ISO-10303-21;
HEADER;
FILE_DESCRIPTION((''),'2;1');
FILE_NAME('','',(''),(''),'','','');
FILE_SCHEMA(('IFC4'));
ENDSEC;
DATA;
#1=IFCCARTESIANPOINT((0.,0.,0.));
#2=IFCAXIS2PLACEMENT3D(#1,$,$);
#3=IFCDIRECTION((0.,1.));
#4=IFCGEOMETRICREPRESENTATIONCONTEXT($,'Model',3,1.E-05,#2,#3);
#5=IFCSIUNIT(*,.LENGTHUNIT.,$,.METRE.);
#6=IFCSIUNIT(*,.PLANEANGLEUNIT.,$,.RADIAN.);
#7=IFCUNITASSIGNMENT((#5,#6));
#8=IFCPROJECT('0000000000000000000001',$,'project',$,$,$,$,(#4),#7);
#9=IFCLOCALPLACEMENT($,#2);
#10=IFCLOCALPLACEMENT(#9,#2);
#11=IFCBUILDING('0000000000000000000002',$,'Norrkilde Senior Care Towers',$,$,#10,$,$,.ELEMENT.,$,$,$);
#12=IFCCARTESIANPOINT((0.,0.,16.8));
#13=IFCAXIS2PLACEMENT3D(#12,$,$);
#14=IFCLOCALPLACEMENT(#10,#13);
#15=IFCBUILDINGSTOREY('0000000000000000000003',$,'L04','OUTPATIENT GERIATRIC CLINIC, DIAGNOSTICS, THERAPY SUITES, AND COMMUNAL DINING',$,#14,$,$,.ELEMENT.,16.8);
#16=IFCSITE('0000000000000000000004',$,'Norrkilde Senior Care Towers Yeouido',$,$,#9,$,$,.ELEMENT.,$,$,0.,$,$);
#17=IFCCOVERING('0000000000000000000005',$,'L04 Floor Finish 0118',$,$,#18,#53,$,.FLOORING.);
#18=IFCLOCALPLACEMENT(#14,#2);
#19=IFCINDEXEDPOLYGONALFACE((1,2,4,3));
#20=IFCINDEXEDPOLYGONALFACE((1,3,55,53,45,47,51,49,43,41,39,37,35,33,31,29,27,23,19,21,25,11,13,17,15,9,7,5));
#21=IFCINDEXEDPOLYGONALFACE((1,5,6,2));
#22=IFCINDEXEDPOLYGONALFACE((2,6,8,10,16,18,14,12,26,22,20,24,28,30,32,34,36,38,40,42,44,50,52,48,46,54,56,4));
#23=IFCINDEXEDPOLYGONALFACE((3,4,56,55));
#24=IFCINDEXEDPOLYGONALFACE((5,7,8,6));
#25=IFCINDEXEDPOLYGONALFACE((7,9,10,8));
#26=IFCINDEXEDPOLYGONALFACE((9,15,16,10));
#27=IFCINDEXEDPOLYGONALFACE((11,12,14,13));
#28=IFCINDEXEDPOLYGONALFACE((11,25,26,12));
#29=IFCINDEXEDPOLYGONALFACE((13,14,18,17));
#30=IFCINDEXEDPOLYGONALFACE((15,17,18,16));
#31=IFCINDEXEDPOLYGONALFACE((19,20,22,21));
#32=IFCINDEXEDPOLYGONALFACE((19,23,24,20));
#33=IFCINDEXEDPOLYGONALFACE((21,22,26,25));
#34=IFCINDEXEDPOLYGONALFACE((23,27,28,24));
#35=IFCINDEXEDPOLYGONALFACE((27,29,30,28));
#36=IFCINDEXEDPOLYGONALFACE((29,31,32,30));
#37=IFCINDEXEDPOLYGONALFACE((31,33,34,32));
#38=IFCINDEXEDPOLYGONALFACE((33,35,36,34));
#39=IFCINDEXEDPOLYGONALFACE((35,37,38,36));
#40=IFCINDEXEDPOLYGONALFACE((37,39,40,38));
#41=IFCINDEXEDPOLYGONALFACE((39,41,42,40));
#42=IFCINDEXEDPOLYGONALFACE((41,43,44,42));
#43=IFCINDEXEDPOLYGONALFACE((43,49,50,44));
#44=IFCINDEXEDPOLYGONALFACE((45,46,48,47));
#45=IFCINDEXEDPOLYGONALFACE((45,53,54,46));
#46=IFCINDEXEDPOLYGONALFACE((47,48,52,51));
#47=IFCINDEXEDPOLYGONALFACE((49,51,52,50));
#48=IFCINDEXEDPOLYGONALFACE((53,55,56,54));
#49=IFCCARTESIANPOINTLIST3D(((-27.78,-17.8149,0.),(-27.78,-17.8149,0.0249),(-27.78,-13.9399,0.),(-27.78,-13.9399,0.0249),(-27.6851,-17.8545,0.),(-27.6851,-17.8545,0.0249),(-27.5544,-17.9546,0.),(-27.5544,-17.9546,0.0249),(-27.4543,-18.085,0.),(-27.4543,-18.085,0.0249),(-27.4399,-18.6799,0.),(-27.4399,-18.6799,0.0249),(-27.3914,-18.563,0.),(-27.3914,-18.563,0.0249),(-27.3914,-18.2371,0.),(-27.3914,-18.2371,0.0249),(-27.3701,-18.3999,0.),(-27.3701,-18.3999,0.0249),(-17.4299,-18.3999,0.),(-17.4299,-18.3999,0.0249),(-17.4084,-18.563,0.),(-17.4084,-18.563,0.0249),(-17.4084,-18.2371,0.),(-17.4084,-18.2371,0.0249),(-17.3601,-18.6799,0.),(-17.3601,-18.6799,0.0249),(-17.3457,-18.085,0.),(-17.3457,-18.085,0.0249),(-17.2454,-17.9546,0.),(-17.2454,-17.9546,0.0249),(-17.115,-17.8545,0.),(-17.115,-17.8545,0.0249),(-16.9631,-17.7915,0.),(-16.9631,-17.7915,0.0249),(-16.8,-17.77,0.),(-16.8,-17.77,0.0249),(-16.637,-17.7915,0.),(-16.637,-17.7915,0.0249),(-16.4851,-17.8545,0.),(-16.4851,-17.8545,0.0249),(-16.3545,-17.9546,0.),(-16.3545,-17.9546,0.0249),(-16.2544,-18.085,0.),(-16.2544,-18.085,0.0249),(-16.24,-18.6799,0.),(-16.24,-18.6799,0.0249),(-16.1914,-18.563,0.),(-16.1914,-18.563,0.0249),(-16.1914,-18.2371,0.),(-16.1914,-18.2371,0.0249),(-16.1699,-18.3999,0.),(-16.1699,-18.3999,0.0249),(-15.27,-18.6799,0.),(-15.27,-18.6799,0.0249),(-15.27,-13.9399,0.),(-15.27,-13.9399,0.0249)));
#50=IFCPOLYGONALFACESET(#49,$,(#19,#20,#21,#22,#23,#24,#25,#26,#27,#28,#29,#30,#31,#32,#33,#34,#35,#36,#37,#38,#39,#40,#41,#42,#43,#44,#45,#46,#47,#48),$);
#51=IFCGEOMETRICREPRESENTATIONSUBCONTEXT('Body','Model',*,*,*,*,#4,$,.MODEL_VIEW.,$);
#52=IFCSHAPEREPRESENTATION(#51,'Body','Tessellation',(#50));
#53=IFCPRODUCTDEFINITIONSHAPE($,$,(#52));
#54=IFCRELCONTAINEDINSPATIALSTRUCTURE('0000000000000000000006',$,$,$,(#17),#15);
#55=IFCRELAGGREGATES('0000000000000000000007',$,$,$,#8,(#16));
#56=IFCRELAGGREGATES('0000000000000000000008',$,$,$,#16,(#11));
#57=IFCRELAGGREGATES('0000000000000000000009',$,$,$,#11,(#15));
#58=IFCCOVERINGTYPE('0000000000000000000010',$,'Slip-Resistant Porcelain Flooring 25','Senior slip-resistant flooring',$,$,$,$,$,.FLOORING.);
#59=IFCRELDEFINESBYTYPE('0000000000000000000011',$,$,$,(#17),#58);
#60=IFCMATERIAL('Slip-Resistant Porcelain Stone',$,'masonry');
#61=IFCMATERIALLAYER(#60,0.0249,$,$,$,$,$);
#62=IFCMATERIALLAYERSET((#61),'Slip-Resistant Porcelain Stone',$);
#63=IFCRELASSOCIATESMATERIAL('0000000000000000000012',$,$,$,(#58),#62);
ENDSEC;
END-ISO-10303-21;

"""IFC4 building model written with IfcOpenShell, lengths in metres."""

from ifc_helpers import new_model, si_unit, direction, frame, origin, place, context, subcontext, project, spatial, polyline, outline, extrude, material, layer, layer_set, type_object, element, save


model = new_model("IFC4")

# Units and contexts
model_context = context("Model", 3, precision=1e-05, world=origin(), true_north=direction((0.0, 1.0)))
body_context = subcontext(model_context, "Body", "Model", "MODEL_VIEW")
ifc_project = project(units=[si_unit("LENGTHUNIT", "METRE"), si_unit("PLANEANGLEUNIT", "RADIAN")], contexts=[model_context])

# Site, building, storey
site_placement = place(None, origin())
site = spatial("IfcSite", under=ifc_project, at=site_placement, Name="Norrkilde Senior Care Towers Yeouido", CompositionType="ELEMENT", RefElevation=0.0)
building_placement = place(site_placement, origin())
building = spatial("IfcBuilding", under=site, at=building_placement, Name="Norrkilde Senior Care Towers", CompositionType="ELEMENT")
storey_placement = place(building_placement, frame((0.0, 0.0, 16.8)))
storey = spatial("IfcBuildingStorey", under=building, at=storey_placement, Name="L04", Description="OUTPATIENT GERIATRIC CLINIC, DIAGNOSTICS, THERAPY SUITES, AND COMMUNAL DINING", CompositionType="ELEMENT", Elevation=16.8)

# Covering
ifc_material_1 = material(Name="Slip-Resistant Porcelain Stone", Category="masonry")
ifc_layer_1 = layer(ifc_material_1, 0.0249)
ifc_layer_set_1 = layer_set([ifc_layer_1], Name="Slip-Resistant Porcelain Stone")
covering_type_1 = type_object("IfcCoveringType", Name="Slip-Resistant Porcelain Flooring 25", Description="Senior slip-resistant flooring", PredefinedType="FLOORING", material=ifc_layer_set_1)
covering_1_placement = place(storey_placement, origin())
element("IfcCovering", 1, at=covering_1_placement, inside=storey, type_object=covering_type_1, Name="L04 Floor Finish 0118", PredefinedType="FLOORING", context=body_context, shape_type="SweptSolid", body=[
    extrude(outline(polyline([(-16.24, -18.6799), (-16.1914, -18.563), (-16.1699, -18.3999), (-16.1914, -18.2371), (-16.2544, -18.085), (-16.3545, -17.9546), (-16.4851, -17.8545), (-16.637, -17.7915), (-16.8, -17.77), (-16.9631, -17.7915), (-17.115, -17.8545), (-17.2454, -17.9546), (-17.3457, -18.085), (-17.4084, -18.2371), (-17.4299, -18.3999), (-17.4084, -18.563), (-17.3601, -18.6799), (-27.4399, -18.6799), (-27.3914, -18.563), (-27.3701, -18.3999), (-27.3914, -18.2371), (-27.4543, -18.085), (-27.5544, -17.9546), (-27.6851, -17.8545), (-27.78, -17.8149), (-27.78, -13.9399), (-15.27, -13.9399), (-15.27, -18.6799), (-16.24, -18.6799)])), origin(), (0.0, 0.0, 1.0), 0.0249),
])

save(model, "model.ifc")
